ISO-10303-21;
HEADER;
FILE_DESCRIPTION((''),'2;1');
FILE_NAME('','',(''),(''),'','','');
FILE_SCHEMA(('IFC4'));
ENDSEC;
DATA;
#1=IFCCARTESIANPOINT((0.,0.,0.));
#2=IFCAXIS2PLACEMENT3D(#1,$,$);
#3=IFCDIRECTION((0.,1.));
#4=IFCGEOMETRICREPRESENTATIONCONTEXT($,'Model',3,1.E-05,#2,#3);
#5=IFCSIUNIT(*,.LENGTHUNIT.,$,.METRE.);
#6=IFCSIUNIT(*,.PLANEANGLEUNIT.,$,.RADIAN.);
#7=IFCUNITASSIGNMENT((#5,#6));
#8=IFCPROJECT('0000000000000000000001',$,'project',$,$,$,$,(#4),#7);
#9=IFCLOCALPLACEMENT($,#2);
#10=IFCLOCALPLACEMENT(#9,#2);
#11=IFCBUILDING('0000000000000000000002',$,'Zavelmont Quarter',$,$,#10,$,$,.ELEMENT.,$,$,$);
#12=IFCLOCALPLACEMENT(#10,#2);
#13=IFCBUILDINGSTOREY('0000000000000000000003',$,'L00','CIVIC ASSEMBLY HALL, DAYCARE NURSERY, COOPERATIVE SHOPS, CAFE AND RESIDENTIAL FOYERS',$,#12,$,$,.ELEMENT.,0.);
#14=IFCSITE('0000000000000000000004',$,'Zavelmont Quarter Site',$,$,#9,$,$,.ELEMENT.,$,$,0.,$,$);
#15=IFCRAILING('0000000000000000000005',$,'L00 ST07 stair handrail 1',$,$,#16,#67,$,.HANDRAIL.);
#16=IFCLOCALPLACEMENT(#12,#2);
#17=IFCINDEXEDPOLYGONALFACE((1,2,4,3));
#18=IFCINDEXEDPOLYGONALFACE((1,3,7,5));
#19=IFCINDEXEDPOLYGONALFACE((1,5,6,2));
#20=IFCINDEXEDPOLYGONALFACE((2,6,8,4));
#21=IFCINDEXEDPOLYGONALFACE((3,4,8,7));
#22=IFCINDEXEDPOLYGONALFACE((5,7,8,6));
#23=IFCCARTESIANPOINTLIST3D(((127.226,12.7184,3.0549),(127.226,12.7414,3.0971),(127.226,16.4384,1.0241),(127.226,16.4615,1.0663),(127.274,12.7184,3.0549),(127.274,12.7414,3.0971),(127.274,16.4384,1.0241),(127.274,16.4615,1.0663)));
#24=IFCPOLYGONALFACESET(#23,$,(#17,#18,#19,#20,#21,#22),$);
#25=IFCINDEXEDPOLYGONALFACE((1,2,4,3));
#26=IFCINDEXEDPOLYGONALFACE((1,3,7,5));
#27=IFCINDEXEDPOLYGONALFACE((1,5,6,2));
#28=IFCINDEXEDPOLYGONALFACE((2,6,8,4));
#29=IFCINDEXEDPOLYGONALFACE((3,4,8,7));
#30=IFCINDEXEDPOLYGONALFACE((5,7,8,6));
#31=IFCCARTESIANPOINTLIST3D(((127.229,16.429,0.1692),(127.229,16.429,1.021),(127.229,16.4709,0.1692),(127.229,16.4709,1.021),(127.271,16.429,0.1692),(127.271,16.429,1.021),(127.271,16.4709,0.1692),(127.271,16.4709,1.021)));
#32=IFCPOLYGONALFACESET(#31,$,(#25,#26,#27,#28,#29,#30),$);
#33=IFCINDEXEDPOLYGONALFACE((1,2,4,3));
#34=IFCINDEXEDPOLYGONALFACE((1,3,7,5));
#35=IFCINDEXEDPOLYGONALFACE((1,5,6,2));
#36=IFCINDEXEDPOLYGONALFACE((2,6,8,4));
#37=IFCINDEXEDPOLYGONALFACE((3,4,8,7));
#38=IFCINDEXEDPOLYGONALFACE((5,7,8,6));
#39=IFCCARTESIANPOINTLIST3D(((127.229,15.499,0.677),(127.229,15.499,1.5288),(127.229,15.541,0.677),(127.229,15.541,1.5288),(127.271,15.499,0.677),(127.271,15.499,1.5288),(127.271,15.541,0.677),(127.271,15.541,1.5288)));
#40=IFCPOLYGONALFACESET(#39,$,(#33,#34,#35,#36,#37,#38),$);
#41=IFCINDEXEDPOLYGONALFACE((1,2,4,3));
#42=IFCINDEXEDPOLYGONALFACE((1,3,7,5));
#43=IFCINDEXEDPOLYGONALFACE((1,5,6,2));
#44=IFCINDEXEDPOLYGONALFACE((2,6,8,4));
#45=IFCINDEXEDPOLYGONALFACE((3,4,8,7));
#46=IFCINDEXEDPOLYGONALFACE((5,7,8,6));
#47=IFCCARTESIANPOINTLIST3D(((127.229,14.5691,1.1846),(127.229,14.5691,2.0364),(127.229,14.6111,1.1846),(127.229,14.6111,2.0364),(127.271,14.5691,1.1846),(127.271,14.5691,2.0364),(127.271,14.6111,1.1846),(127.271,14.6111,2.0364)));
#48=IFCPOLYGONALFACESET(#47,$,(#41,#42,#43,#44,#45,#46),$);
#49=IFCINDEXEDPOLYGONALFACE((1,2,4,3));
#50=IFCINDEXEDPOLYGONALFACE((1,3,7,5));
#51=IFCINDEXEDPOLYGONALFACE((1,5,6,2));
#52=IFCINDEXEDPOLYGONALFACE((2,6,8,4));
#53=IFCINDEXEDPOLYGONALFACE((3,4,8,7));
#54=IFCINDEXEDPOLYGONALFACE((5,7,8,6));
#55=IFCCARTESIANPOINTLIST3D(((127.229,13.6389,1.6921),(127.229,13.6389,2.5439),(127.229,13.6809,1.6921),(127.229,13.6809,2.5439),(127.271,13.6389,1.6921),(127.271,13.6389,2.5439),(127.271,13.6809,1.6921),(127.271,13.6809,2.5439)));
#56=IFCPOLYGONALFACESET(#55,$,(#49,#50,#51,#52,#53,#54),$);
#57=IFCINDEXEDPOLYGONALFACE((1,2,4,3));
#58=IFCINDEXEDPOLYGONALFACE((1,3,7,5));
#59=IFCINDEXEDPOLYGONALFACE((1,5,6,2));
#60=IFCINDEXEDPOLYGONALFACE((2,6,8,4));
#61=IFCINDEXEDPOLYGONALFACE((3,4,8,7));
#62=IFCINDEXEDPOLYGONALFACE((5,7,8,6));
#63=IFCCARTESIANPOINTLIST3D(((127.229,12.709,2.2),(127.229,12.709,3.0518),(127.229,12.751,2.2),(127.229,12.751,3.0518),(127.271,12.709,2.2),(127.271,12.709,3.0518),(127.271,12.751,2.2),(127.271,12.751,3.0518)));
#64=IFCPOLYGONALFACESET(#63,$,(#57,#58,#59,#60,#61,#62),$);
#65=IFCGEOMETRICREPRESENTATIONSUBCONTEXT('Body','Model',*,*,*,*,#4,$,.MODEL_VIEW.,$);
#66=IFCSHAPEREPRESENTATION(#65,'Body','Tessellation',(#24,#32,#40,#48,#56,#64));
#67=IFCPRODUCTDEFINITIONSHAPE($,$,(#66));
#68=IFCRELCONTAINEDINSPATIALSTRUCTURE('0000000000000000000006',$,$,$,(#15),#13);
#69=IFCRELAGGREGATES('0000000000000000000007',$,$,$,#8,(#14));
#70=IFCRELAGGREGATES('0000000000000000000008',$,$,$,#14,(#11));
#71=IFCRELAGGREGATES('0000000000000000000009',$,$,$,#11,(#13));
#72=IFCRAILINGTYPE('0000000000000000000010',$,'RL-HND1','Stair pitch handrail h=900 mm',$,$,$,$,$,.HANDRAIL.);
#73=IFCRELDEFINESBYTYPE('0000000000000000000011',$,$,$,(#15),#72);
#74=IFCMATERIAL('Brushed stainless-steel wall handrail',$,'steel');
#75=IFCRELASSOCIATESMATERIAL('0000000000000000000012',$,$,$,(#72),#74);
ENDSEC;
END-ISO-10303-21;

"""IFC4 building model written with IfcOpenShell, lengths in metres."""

from ifc_helpers import new_model, si_unit, direction, frame, origin, origin_2d, place, context, subcontext, project, spatial, rectangle, extrude, material, type_object, element, save


model = new_model("IFC4")

# Units and contexts
model_context = context("Model", 3, precision=1e-05, world=origin(), true_north=direction((0.0, 1.0)))
body_context = subcontext(model_context, "Body", "Model", "MODEL_VIEW")
ifc_project = project(units=[si_unit("LENGTHUNIT", "METRE"), si_unit("PLANEANGLEUNIT", "RADIAN")], contexts=[model_context])

# Site, building, storey
site_placement = place(None, origin())
site = spatial("IfcSite", under=ifc_project, at=site_placement, Name="Zavelmont Quarter Site", CompositionType="ELEMENT", RefElevation=0.0)
building_placement = place(site_placement, origin())
building = spatial("IfcBuilding", under=site, at=building_placement, Name="Zavelmont Quarter", CompositionType="ELEMENT")
storey_placement = place(building_placement, origin())
storey = spatial("IfcBuildingStorey", under=building, at=storey_placement, Name="L00", Description="CIVIC ASSEMBLY HALL, DAYCARE NURSERY, COOPERATIVE SHOPS, CAFE AND RESIDENTIAL FOYERS", CompositionType="ELEMENT", Elevation=0.0)

# Railing
ifc_material_1 = material(Name="Brushed stainless-steel wall handrail", Category="steel")
railing_type_1 = type_object("IfcRailingType", Name="RL-HND1", Description="Stair pitch handrail h=900 mm", PredefinedType="HANDRAIL", material=ifc_material_1)
railing_1_placement = place(storey_placement, frame((127.25, 16.45, 0.1692)))
element("IfcRailing", 1, at=railing_1_placement, inside=storey, type_object=railing_type_1, Name="L00 ST07 stair handrail 1", PredefinedType="HANDRAIL", context=body_context, shape_type="SweptSolid", body=[
    extrude(rectangle(XDim=0.0481, YDim=0.0481, at=origin_2d()), frame((0.0, 0.0, 0.876), z_axis=(0.0, -0.877728, 0.479159), x_axis=(1.0, 0.0, 0.0)), (0.0, 0.0, 1.0), 4.2383),
    extrude(rectangle(XDim=0.042, YDim=0.042, at=origin_2d()), origin(), (0.0, 0.0, 1.0), 0.8518),
    extrude(rectangle(XDim=0.042, YDim=0.042, at=origin_2d()), frame((0.0, -0.9299, 0.5078)), (0.0, 0.0, 1.0), 0.8518),
    extrude(rectangle(XDim=0.042, YDim=0.042, at=origin_2d()), frame((0.0, -1.8599, 1.0154)), (0.0, 0.0, 1.0), 0.8518),
    extrude(rectangle(XDim=0.042, YDim=0.042, at=origin_2d()), frame((0.0, -2.79, 1.5229)), (0.0, 0.0, 1.0), 0.8518),
    extrude(rectangle(XDim=0.042, YDim=0.042, at=origin_2d()), frame((0.0, -3.72, 2.0308)), (0.0, 0.0, 1.0), 0.8518),
])

save(model, "model.ifc")
